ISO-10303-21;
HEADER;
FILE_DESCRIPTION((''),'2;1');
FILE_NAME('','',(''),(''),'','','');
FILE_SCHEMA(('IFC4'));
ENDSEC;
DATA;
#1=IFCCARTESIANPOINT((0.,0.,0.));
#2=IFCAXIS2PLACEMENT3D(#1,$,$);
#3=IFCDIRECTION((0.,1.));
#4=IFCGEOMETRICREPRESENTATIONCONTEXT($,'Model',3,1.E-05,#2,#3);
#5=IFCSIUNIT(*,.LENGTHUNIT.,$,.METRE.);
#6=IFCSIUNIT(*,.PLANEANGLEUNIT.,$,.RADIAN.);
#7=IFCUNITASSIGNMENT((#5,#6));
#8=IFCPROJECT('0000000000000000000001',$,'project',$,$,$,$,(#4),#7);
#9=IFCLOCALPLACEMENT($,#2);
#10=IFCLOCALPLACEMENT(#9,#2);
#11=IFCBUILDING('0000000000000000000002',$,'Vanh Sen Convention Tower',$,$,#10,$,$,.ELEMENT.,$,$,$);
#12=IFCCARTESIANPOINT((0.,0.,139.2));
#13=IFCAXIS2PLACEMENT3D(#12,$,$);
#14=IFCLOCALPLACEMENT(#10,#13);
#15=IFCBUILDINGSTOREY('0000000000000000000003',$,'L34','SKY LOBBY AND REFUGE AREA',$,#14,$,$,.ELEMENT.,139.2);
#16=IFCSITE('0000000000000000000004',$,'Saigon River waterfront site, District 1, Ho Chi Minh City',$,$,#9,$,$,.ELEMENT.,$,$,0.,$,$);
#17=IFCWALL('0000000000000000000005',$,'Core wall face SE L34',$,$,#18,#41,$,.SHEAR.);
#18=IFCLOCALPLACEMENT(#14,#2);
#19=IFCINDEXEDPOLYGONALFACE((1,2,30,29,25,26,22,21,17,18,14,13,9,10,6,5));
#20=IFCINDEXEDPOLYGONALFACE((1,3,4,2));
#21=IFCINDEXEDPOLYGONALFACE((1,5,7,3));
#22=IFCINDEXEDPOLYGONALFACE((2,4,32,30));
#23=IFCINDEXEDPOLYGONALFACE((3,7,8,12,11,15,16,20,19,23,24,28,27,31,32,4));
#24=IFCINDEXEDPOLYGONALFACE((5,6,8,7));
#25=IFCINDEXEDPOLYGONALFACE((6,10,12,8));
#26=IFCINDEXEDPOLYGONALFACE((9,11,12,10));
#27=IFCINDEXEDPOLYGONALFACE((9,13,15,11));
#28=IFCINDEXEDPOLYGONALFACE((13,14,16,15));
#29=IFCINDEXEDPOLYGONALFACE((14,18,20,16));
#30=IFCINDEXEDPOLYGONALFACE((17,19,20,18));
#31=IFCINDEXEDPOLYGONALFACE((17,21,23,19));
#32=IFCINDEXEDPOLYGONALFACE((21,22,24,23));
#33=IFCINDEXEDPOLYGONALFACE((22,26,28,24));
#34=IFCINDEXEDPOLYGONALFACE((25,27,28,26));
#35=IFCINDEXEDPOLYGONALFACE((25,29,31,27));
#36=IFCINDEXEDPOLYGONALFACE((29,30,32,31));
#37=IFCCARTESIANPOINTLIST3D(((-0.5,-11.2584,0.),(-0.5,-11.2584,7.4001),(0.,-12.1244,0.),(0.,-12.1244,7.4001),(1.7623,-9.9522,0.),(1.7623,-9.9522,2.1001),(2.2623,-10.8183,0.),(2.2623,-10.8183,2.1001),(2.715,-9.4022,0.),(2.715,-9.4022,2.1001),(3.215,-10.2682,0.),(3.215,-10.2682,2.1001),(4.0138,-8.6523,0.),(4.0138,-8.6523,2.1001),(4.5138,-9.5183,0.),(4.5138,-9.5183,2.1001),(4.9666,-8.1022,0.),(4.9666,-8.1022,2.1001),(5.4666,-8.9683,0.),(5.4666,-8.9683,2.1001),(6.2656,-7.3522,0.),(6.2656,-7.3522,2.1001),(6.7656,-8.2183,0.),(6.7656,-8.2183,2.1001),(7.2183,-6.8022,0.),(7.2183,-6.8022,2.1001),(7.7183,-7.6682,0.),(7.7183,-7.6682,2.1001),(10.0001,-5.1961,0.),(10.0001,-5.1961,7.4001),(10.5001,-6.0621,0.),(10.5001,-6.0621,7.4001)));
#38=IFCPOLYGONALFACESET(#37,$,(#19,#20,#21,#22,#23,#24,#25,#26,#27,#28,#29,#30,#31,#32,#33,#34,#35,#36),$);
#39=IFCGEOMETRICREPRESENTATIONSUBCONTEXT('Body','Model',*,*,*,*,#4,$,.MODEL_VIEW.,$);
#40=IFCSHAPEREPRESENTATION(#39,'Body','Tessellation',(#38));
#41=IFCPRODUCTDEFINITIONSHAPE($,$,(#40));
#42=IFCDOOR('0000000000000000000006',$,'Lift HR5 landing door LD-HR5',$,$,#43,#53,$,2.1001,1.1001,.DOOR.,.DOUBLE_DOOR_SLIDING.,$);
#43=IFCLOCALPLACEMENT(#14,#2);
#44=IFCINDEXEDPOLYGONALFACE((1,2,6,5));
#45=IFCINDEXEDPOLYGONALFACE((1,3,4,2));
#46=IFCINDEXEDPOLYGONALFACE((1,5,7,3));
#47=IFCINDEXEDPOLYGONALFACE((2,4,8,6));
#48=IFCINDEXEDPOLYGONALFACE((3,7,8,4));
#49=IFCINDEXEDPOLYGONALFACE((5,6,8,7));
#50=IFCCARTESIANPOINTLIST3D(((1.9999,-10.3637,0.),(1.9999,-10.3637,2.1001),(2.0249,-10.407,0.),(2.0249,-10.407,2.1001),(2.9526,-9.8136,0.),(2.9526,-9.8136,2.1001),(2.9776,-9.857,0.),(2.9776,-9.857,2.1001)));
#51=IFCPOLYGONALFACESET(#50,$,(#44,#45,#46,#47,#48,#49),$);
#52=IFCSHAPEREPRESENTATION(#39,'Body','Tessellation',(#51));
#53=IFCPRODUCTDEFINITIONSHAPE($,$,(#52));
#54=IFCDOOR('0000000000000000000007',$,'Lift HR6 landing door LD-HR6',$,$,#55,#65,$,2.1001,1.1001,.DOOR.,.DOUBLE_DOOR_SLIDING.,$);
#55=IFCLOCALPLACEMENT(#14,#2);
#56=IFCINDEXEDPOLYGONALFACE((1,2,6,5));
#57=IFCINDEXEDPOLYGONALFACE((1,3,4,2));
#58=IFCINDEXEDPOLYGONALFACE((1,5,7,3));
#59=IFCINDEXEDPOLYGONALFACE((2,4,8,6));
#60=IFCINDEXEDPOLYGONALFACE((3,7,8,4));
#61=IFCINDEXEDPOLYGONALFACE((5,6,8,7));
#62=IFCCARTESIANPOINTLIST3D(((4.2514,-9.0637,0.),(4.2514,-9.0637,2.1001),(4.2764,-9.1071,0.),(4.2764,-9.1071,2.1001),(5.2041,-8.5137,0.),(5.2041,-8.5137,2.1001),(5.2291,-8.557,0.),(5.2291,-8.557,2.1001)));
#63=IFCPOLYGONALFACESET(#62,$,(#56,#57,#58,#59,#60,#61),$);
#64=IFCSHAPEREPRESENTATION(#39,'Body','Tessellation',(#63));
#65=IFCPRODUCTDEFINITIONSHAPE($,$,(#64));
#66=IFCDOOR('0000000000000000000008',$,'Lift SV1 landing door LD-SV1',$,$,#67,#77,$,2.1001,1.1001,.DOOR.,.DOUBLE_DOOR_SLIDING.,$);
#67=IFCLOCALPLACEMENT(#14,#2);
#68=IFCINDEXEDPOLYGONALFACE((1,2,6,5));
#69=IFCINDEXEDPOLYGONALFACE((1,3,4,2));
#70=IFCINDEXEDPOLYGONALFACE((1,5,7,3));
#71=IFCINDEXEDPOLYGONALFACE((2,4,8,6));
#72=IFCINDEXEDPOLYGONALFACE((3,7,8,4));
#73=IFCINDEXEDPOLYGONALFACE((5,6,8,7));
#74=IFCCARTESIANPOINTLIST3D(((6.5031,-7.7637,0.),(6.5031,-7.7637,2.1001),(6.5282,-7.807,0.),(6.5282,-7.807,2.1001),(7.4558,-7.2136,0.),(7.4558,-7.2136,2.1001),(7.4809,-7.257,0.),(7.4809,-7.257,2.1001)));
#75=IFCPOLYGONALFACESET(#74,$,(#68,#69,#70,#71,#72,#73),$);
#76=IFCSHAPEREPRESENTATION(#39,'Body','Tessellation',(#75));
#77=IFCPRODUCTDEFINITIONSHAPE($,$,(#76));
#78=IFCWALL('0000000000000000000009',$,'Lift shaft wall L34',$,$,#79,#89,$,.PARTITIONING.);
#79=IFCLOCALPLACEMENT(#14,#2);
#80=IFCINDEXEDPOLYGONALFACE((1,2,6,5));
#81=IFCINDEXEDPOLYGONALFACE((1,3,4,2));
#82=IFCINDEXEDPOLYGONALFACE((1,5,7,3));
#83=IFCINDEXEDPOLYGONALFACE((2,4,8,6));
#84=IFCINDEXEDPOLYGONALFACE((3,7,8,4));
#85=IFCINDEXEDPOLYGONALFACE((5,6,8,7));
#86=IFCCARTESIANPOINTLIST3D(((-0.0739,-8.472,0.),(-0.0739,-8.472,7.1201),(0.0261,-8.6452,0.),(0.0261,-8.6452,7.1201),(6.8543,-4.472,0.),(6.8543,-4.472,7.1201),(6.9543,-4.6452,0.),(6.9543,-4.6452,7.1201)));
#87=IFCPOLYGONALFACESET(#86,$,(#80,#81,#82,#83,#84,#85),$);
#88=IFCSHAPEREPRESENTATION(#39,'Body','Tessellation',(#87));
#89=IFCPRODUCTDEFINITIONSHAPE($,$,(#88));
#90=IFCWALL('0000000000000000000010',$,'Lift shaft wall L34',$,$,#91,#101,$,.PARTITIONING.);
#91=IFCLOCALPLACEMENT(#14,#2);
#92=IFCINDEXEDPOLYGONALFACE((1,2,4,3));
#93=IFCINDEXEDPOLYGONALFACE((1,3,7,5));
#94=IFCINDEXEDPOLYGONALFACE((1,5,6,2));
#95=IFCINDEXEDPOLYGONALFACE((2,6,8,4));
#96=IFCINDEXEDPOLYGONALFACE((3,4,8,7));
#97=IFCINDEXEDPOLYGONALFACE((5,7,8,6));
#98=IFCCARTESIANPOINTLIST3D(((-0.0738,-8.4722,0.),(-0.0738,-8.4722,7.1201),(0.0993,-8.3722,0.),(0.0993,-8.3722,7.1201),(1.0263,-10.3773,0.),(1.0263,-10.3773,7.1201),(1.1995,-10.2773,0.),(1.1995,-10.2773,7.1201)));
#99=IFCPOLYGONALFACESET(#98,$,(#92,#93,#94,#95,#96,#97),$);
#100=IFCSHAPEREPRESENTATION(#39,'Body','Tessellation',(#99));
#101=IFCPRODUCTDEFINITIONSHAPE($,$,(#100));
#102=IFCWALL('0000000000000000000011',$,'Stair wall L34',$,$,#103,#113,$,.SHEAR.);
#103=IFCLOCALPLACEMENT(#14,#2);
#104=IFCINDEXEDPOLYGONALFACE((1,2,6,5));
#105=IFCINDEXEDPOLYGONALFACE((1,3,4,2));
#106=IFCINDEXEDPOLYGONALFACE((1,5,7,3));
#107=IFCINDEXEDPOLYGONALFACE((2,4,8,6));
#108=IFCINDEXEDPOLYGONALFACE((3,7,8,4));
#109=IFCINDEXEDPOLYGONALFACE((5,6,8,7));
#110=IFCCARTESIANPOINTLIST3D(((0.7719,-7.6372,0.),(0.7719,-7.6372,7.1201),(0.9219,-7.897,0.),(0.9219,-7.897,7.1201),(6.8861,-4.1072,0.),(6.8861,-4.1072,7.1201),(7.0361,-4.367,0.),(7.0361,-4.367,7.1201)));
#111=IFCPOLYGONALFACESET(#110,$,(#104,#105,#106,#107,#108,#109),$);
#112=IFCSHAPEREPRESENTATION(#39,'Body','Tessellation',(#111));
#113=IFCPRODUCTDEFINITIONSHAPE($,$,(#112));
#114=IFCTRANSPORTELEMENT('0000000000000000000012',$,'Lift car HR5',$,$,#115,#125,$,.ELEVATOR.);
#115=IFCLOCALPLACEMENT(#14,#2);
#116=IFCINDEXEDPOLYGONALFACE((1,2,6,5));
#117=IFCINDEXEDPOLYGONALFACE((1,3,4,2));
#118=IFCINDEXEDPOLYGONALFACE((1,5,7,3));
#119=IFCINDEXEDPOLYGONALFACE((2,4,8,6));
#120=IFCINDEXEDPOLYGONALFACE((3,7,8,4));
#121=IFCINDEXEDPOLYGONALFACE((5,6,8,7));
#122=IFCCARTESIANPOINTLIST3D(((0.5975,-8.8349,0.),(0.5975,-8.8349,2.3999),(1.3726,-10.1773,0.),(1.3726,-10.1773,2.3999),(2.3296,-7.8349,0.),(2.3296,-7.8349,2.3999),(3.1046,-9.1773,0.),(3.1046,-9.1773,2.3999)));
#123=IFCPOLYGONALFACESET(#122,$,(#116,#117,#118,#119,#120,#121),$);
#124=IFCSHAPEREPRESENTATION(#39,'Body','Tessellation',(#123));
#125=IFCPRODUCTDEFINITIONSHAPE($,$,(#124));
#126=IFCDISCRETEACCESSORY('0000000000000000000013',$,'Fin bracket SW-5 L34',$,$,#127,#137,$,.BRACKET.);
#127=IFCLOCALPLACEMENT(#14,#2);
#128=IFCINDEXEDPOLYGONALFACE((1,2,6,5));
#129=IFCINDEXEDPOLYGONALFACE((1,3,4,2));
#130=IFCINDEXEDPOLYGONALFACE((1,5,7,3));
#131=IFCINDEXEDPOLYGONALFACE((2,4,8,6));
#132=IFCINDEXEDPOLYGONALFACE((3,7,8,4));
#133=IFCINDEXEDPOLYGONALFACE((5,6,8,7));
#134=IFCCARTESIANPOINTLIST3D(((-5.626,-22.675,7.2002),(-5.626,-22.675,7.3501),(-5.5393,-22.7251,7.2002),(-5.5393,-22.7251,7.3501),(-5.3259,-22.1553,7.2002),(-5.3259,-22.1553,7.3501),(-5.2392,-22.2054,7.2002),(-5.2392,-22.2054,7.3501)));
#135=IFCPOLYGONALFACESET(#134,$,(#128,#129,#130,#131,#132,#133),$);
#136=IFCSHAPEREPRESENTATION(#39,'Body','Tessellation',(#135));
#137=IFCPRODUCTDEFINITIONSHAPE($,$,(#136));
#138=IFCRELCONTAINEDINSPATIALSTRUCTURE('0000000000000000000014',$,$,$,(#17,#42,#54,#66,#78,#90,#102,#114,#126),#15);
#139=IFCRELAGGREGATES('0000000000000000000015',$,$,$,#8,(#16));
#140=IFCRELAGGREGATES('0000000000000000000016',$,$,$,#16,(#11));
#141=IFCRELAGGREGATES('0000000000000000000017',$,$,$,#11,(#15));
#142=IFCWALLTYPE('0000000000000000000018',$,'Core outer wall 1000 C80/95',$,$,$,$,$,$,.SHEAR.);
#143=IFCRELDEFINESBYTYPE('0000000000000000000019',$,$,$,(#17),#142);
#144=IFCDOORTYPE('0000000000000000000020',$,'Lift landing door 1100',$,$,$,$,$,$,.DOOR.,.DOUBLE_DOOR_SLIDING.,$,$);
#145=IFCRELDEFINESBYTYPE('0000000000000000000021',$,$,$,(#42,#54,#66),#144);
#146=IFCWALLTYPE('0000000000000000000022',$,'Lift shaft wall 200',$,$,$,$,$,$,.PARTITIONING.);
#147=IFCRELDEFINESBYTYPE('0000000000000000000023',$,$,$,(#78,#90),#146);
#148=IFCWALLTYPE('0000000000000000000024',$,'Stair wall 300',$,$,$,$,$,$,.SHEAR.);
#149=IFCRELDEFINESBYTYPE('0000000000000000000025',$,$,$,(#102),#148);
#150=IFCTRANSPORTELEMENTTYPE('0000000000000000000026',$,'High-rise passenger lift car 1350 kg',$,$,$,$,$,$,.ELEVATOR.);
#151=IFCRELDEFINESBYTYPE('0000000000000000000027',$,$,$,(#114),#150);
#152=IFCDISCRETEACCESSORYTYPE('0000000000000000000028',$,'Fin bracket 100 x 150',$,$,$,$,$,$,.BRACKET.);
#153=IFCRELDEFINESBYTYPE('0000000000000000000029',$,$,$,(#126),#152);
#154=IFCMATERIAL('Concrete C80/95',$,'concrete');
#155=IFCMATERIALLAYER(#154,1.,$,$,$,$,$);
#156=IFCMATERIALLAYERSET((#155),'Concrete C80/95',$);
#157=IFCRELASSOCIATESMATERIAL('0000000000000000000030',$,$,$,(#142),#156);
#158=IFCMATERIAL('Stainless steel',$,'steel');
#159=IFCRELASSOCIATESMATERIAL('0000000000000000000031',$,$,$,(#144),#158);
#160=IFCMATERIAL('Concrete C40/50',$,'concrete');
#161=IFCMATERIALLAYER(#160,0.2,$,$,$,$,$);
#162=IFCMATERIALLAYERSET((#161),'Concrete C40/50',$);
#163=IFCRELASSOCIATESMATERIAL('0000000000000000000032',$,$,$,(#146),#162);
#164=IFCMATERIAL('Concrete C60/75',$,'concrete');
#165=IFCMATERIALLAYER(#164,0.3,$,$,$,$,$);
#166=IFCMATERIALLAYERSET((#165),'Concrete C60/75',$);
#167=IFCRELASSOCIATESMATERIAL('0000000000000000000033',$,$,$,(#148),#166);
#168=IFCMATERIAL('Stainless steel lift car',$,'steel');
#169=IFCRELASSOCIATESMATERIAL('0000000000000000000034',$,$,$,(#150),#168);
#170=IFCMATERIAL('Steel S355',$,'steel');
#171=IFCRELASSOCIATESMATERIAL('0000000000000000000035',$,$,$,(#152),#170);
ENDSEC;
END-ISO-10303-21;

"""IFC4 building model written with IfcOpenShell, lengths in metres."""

from ifc_helpers import new_model, si_unit, direction, frame, frame_2d, origin, origin_2d, place, context, subcontext, project, spatial, rectangle, extrude, material, layer, layer_set, type_object, element, fill, save


model = new_model("IFC4")

# Units and contexts
model_context = context("Model", 3, precision=1e-05, world=origin(), true_north=direction((0.0, 1.0)))
body_context = subcontext(model_context, "Body", "Model", "MODEL_VIEW")
ifc_project = project(units=[si_unit("LENGTHUNIT", "METRE"), si_unit("PLANEANGLEUNIT", "RADIAN")], contexts=[model_context])

# Site, building, storey
site_placement = place(None, origin())
site = spatial("IfcSite", under=ifc_project, at=site_placement, Name="Saigon River waterfront site, District 1, Ho Chi Minh City", CompositionType="ELEMENT", RefElevation=0.0)
building_placement = place(site_placement, origin())
building = spatial("IfcBuilding", under=site, at=building_placement, Name="Vanh Sen Convention Tower", CompositionType="ELEMENT")
storey_placement = place(building_placement, frame((0.0, 0.0, 139.2)))
storey = spatial("IfcBuildingStorey", under=building, at=storey_placement, Name="L34", Description="SKY LOBBY AND REFUGE AREA", CompositionType="ELEMENT", Elevation=139.2)

# Shared definitions
ifc_material_1 = material(Name="Concrete C80/95", Category="concrete")

# Wall, openings, doors
ifc_layer_1 = layer(ifc_material_1, 1.0)
ifc_layer_set_1 = layer_set([ifc_layer_1], Name="Concrete C80/95")
wall_type_1 = type_object("IfcWallType", Name="Core outer wall 1000 C80/95", PredefinedType="SHEAR", material=ifc_layer_set_1)
wall_1_placement = place(storey_placement, frame((-0.25, -11.6914, 0.0), z_axis=(0.0, 0.0, 1.0), x_axis=(0.866023, 0.500005, 0.0)))
wall_1 = element("IfcWall", 1, at=wall_1_placement, inside=storey, type_object=wall_type_1, Name="Core wall face SE L34", PredefinedType="SHEAR", context=body_context, shape_type="SweptSolid", body=[
    extrude(rectangle(XDim=12.1245, YDim=1.0, at=frame_2d((6.0623, 0.0))), origin(), (0.0, 0.0, 1.0), 7.4001),
])
opening_1_placement = place(wall_1_placement, frame((2.6123, 0.0, 0.0)))
opening_1 = element("IfcOpeningElement", 2, at=opening_1_placement, cuts=wall_1, PredefinedType="OPENING", context=body_context, shape_type="SweptSolid", body=[
    extrude(rectangle(XDim=1.1001, YDim=2.1001, at=frame_2d((0.55, 1.05))), frame((0.0, 0.51, 0.0), z_axis=(0.0, -1.0, 0.0), x_axis=(1.0, 0.0, 0.0)), (0.0, 0.0, 1.0), 1.02),
])
opening_2_placement = place(wall_1_placement, frame((5.2122, 0.0, 0.0)))
opening_2 = element("IfcOpeningElement", 3, at=opening_2_placement, cuts=wall_1, PredefinedType="OPENING", context=body_context, shape_type="SweptSolid", body=[
    extrude(rectangle(XDim=1.1001, YDim=2.1001, at=frame_2d((0.55, 1.05))), frame((0.0, 0.51, 0.0), z_axis=(0.0, -1.0, 0.0), x_axis=(1.0, 0.0, 0.0)), (0.0, 0.0, 1.0), 1.02),
])
opening_3_placement = place(wall_1_placement, frame((7.8123, 0.0, 0.0)))
opening_3 = element("IfcOpeningElement", 4, at=opening_3_placement, cuts=wall_1, PredefinedType="OPENING", context=body_context, shape_type="SweptSolid", body=[
    extrude(rectangle(XDim=1.1001, YDim=2.1001, at=frame_2d((0.55, 1.05))), frame((0.0, 0.51, 0.0), z_axis=(0.0, -1.0, 0.0), x_axis=(1.0, 0.0, 0.0)), (0.0, 0.0, 1.0), 1.02),
])
ifc_material_2 = material(Name="Stainless steel", Category="steel")
door_type = type_object("IfcDoorType", Name="Lift landing door 1100", OperationType="DOUBLE_DOOR_SLIDING", PredefinedType="DOOR", material=ifc_material_2)
door_1_placement = place(opening_1_placement, origin())
door_1 = element("IfcDoor", 5, at=door_1_placement, inside=storey, type_object=door_type, Name="Lift HR5 landing door LD-HR5", OperationType="DOUBLE_DOOR_SLIDING", OverallHeight=2.1001, OverallWidth=1.1001, PredefinedType="DOOR", context=body_context, shape_type="SweptSolid", body=[
    extrude(rectangle(XDim=1.1001, YDim=2.1001, at=frame_2d((0.55, 1.05))), frame((0.0, 0.0249, 0.0), z_axis=(0.0, -1.0, 0.0), x_axis=(1.0, 0.0, 0.0)), (0.0, 0.0, 1.0), 0.05),
])
fill(opening_1, door_1)
door_2_placement = place(opening_2_placement, origin())
door_2 = element("IfcDoor", 6, at=door_2_placement, inside=storey, type_object=door_type, Name="Lift HR6 landing door LD-HR6", OperationType="DOUBLE_DOOR_SLIDING", OverallHeight=2.1001, OverallWidth=1.1001, PredefinedType="DOOR", context=body_context, shape_type="SweptSolid", body=[
    extrude(rectangle(XDim=1.1001, YDim=2.1001, at=frame_2d((0.55, 1.05))), frame((0.0, 0.0249, 0.0), z_axis=(0.0, -1.0, 0.0), x_axis=(1.0, 0.0, 0.0)), (0.0, 0.0, 1.0), 0.05),
])
fill(opening_2, door_2)
door_3_placement = place(opening_3_placement, origin())
door_3 = element("IfcDoor", 7, at=door_3_placement, inside=storey, type_object=door_type, Name="Lift SV1 landing door LD-SV1", OperationType="DOUBLE_DOOR_SLIDING", OverallHeight=2.1001, OverallWidth=1.1001, PredefinedType="DOOR", context=body_context, shape_type="SweptSolid", body=[
    extrude(rectangle(XDim=1.1001, YDim=2.1001, at=frame_2d((0.55, 1.05))), frame((0.0, 0.0249, 0.0), z_axis=(0.0, -1.0, 0.0), x_axis=(1.0, 0.0, 0.0)), (0.0, 0.0, 1.0), 0.05),
])
fill(opening_3, door_3)

# Walls
ifc_material_3 = material(Name="Concrete C40/50", Category="concrete")
ifc_layer_2 = layer(ifc_material_3, 0.2)
ifc_layer_set_2 = layer_set([ifc_layer_2], Name="Concrete C40/50")
wall_type_2 = type_object("IfcWallType", Name="Lift shaft wall 200", PredefinedType="PARTITIONING", material=ifc_layer_set_2)
wall_2_placement = place(storey_placement, frame((-0.0239, -8.5586, 0.0), z_axis=(0.0, 0.0, 1.0), x_axis=(0.866026, 0.499999, 0.0)))
element("IfcWall", 8, at=wall_2_placement, inside=storey, type_object=wall_type_2, Name="Lift shaft wall L34", PredefinedType="PARTITIONING", context=body_context, shape_type="SweptSolid", body=[
    extrude(rectangle(XDim=8.0, YDim=0.2, at=frame_2d((4.0, 0.0))), origin(), (0.0, 0.0, 1.0), 7.1201),
])
wall_3_placement = place(storey_placement, frame((0.0127, -8.4221, 0.0), z_axis=(0.0, 0.0, 1.0), x_axis=(0.500078, -0.86598, 0.0)))
element("IfcWall", 9, at=wall_3_placement, inside=storey, type_object=wall_type_2, Name="Lift shaft wall L34", PredefinedType="PARTITIONING", context=body_context, shape_type="SweptSolid", body=[
    extrude(rectangle(XDim=2.2, YDim=0.2, at=frame_2d((1.1001, 0.0))), origin(), (0.0, 0.0, 1.0), 7.1201),
])
ifc_material_4 = material(Name="Concrete C60/75", Category="concrete")
ifc_layer_3 = layer(ifc_material_4, 0.3)
ifc_layer_set_3 = layer_set([ifc_layer_3], Name="Concrete C60/75")
wall_type_3 = type_object("IfcWallType", Name="Stair wall 300", PredefinedType="SHEAR", material=ifc_layer_set_3)
wall_4_placement = place(storey_placement, frame((0.8469, -7.7671, 0.0), z_axis=(0.0, 0.0, 1.0), x_axis=(0.866028, 0.499996, 0.0)))
element("IfcWall", 10, at=wall_4_placement, inside=storey, type_object=wall_type_3, Name="Stair wall L34", PredefinedType="SHEAR", context=body_context, shape_type="SweptSolid", body=[
    extrude(rectangle(XDim=7.0601, YDim=0.3, at=frame_2d((3.53, 0.0))), origin(), (0.0, 0.0, 1.0), 7.1201),
])

# Transport element
ifc_material_5 = material(Name="Stainless steel lift car", Category="steel")
transport_element_type = type_object("IfcTransportElementType", Name="High-rise passenger lift car 1350 kg", PredefinedType="ELEVATOR", material=ifc_material_5)
transport_element_placement = place(storey_placement, frame((1.8511, -9.0061, 0.0), z_axis=(0.0, 0.0, 1.0), x_axis=(0.866025, 0.5, 0.0)))
element("IfcTransportElement", 11, at=transport_element_placement, inside=storey, type_object=transport_element_type, Name="Lift car HR5", PredefinedType="ELEVATOR", context=body_context, shape_type="SweptSolid", body=[
    extrude(rectangle(XDim=2.0, YDim=1.55, at=origin_2d()), origin(), (0.0, 0.0, 1.0), 2.3999),
])

# Discrete accessory
ifc_material_6 = material(Name="Steel S355", Category="steel")
discrete_accessory_type = type_object("IfcDiscreteAccessoryType", Name="Fin bracket 100 x 150", PredefinedType="BRACKET", material=ifc_material_6)
discrete_accessory_placement = place(storey_placement, frame((-5.4326, -22.4402, 7.2002), z_axis=(0.0, 0.0, 1.0), x_axis=(-0.5, -0.866025, 0.0)))
element("IfcDiscreteAccessory", 12, at=discrete_accessory_placement, inside=storey, type_object=discrete_accessory_type, Name="Fin bracket SW-5 L34", PredefinedType="BRACKET", context=body_context, shape_type="SweptSolid", body=[
    extrude(rectangle(XDim=0.6001, YDim=0.1001, at=origin_2d()), origin(), (0.0, 0.0, 1.0), 0.1499),
])

save(model, "model.ifc")
